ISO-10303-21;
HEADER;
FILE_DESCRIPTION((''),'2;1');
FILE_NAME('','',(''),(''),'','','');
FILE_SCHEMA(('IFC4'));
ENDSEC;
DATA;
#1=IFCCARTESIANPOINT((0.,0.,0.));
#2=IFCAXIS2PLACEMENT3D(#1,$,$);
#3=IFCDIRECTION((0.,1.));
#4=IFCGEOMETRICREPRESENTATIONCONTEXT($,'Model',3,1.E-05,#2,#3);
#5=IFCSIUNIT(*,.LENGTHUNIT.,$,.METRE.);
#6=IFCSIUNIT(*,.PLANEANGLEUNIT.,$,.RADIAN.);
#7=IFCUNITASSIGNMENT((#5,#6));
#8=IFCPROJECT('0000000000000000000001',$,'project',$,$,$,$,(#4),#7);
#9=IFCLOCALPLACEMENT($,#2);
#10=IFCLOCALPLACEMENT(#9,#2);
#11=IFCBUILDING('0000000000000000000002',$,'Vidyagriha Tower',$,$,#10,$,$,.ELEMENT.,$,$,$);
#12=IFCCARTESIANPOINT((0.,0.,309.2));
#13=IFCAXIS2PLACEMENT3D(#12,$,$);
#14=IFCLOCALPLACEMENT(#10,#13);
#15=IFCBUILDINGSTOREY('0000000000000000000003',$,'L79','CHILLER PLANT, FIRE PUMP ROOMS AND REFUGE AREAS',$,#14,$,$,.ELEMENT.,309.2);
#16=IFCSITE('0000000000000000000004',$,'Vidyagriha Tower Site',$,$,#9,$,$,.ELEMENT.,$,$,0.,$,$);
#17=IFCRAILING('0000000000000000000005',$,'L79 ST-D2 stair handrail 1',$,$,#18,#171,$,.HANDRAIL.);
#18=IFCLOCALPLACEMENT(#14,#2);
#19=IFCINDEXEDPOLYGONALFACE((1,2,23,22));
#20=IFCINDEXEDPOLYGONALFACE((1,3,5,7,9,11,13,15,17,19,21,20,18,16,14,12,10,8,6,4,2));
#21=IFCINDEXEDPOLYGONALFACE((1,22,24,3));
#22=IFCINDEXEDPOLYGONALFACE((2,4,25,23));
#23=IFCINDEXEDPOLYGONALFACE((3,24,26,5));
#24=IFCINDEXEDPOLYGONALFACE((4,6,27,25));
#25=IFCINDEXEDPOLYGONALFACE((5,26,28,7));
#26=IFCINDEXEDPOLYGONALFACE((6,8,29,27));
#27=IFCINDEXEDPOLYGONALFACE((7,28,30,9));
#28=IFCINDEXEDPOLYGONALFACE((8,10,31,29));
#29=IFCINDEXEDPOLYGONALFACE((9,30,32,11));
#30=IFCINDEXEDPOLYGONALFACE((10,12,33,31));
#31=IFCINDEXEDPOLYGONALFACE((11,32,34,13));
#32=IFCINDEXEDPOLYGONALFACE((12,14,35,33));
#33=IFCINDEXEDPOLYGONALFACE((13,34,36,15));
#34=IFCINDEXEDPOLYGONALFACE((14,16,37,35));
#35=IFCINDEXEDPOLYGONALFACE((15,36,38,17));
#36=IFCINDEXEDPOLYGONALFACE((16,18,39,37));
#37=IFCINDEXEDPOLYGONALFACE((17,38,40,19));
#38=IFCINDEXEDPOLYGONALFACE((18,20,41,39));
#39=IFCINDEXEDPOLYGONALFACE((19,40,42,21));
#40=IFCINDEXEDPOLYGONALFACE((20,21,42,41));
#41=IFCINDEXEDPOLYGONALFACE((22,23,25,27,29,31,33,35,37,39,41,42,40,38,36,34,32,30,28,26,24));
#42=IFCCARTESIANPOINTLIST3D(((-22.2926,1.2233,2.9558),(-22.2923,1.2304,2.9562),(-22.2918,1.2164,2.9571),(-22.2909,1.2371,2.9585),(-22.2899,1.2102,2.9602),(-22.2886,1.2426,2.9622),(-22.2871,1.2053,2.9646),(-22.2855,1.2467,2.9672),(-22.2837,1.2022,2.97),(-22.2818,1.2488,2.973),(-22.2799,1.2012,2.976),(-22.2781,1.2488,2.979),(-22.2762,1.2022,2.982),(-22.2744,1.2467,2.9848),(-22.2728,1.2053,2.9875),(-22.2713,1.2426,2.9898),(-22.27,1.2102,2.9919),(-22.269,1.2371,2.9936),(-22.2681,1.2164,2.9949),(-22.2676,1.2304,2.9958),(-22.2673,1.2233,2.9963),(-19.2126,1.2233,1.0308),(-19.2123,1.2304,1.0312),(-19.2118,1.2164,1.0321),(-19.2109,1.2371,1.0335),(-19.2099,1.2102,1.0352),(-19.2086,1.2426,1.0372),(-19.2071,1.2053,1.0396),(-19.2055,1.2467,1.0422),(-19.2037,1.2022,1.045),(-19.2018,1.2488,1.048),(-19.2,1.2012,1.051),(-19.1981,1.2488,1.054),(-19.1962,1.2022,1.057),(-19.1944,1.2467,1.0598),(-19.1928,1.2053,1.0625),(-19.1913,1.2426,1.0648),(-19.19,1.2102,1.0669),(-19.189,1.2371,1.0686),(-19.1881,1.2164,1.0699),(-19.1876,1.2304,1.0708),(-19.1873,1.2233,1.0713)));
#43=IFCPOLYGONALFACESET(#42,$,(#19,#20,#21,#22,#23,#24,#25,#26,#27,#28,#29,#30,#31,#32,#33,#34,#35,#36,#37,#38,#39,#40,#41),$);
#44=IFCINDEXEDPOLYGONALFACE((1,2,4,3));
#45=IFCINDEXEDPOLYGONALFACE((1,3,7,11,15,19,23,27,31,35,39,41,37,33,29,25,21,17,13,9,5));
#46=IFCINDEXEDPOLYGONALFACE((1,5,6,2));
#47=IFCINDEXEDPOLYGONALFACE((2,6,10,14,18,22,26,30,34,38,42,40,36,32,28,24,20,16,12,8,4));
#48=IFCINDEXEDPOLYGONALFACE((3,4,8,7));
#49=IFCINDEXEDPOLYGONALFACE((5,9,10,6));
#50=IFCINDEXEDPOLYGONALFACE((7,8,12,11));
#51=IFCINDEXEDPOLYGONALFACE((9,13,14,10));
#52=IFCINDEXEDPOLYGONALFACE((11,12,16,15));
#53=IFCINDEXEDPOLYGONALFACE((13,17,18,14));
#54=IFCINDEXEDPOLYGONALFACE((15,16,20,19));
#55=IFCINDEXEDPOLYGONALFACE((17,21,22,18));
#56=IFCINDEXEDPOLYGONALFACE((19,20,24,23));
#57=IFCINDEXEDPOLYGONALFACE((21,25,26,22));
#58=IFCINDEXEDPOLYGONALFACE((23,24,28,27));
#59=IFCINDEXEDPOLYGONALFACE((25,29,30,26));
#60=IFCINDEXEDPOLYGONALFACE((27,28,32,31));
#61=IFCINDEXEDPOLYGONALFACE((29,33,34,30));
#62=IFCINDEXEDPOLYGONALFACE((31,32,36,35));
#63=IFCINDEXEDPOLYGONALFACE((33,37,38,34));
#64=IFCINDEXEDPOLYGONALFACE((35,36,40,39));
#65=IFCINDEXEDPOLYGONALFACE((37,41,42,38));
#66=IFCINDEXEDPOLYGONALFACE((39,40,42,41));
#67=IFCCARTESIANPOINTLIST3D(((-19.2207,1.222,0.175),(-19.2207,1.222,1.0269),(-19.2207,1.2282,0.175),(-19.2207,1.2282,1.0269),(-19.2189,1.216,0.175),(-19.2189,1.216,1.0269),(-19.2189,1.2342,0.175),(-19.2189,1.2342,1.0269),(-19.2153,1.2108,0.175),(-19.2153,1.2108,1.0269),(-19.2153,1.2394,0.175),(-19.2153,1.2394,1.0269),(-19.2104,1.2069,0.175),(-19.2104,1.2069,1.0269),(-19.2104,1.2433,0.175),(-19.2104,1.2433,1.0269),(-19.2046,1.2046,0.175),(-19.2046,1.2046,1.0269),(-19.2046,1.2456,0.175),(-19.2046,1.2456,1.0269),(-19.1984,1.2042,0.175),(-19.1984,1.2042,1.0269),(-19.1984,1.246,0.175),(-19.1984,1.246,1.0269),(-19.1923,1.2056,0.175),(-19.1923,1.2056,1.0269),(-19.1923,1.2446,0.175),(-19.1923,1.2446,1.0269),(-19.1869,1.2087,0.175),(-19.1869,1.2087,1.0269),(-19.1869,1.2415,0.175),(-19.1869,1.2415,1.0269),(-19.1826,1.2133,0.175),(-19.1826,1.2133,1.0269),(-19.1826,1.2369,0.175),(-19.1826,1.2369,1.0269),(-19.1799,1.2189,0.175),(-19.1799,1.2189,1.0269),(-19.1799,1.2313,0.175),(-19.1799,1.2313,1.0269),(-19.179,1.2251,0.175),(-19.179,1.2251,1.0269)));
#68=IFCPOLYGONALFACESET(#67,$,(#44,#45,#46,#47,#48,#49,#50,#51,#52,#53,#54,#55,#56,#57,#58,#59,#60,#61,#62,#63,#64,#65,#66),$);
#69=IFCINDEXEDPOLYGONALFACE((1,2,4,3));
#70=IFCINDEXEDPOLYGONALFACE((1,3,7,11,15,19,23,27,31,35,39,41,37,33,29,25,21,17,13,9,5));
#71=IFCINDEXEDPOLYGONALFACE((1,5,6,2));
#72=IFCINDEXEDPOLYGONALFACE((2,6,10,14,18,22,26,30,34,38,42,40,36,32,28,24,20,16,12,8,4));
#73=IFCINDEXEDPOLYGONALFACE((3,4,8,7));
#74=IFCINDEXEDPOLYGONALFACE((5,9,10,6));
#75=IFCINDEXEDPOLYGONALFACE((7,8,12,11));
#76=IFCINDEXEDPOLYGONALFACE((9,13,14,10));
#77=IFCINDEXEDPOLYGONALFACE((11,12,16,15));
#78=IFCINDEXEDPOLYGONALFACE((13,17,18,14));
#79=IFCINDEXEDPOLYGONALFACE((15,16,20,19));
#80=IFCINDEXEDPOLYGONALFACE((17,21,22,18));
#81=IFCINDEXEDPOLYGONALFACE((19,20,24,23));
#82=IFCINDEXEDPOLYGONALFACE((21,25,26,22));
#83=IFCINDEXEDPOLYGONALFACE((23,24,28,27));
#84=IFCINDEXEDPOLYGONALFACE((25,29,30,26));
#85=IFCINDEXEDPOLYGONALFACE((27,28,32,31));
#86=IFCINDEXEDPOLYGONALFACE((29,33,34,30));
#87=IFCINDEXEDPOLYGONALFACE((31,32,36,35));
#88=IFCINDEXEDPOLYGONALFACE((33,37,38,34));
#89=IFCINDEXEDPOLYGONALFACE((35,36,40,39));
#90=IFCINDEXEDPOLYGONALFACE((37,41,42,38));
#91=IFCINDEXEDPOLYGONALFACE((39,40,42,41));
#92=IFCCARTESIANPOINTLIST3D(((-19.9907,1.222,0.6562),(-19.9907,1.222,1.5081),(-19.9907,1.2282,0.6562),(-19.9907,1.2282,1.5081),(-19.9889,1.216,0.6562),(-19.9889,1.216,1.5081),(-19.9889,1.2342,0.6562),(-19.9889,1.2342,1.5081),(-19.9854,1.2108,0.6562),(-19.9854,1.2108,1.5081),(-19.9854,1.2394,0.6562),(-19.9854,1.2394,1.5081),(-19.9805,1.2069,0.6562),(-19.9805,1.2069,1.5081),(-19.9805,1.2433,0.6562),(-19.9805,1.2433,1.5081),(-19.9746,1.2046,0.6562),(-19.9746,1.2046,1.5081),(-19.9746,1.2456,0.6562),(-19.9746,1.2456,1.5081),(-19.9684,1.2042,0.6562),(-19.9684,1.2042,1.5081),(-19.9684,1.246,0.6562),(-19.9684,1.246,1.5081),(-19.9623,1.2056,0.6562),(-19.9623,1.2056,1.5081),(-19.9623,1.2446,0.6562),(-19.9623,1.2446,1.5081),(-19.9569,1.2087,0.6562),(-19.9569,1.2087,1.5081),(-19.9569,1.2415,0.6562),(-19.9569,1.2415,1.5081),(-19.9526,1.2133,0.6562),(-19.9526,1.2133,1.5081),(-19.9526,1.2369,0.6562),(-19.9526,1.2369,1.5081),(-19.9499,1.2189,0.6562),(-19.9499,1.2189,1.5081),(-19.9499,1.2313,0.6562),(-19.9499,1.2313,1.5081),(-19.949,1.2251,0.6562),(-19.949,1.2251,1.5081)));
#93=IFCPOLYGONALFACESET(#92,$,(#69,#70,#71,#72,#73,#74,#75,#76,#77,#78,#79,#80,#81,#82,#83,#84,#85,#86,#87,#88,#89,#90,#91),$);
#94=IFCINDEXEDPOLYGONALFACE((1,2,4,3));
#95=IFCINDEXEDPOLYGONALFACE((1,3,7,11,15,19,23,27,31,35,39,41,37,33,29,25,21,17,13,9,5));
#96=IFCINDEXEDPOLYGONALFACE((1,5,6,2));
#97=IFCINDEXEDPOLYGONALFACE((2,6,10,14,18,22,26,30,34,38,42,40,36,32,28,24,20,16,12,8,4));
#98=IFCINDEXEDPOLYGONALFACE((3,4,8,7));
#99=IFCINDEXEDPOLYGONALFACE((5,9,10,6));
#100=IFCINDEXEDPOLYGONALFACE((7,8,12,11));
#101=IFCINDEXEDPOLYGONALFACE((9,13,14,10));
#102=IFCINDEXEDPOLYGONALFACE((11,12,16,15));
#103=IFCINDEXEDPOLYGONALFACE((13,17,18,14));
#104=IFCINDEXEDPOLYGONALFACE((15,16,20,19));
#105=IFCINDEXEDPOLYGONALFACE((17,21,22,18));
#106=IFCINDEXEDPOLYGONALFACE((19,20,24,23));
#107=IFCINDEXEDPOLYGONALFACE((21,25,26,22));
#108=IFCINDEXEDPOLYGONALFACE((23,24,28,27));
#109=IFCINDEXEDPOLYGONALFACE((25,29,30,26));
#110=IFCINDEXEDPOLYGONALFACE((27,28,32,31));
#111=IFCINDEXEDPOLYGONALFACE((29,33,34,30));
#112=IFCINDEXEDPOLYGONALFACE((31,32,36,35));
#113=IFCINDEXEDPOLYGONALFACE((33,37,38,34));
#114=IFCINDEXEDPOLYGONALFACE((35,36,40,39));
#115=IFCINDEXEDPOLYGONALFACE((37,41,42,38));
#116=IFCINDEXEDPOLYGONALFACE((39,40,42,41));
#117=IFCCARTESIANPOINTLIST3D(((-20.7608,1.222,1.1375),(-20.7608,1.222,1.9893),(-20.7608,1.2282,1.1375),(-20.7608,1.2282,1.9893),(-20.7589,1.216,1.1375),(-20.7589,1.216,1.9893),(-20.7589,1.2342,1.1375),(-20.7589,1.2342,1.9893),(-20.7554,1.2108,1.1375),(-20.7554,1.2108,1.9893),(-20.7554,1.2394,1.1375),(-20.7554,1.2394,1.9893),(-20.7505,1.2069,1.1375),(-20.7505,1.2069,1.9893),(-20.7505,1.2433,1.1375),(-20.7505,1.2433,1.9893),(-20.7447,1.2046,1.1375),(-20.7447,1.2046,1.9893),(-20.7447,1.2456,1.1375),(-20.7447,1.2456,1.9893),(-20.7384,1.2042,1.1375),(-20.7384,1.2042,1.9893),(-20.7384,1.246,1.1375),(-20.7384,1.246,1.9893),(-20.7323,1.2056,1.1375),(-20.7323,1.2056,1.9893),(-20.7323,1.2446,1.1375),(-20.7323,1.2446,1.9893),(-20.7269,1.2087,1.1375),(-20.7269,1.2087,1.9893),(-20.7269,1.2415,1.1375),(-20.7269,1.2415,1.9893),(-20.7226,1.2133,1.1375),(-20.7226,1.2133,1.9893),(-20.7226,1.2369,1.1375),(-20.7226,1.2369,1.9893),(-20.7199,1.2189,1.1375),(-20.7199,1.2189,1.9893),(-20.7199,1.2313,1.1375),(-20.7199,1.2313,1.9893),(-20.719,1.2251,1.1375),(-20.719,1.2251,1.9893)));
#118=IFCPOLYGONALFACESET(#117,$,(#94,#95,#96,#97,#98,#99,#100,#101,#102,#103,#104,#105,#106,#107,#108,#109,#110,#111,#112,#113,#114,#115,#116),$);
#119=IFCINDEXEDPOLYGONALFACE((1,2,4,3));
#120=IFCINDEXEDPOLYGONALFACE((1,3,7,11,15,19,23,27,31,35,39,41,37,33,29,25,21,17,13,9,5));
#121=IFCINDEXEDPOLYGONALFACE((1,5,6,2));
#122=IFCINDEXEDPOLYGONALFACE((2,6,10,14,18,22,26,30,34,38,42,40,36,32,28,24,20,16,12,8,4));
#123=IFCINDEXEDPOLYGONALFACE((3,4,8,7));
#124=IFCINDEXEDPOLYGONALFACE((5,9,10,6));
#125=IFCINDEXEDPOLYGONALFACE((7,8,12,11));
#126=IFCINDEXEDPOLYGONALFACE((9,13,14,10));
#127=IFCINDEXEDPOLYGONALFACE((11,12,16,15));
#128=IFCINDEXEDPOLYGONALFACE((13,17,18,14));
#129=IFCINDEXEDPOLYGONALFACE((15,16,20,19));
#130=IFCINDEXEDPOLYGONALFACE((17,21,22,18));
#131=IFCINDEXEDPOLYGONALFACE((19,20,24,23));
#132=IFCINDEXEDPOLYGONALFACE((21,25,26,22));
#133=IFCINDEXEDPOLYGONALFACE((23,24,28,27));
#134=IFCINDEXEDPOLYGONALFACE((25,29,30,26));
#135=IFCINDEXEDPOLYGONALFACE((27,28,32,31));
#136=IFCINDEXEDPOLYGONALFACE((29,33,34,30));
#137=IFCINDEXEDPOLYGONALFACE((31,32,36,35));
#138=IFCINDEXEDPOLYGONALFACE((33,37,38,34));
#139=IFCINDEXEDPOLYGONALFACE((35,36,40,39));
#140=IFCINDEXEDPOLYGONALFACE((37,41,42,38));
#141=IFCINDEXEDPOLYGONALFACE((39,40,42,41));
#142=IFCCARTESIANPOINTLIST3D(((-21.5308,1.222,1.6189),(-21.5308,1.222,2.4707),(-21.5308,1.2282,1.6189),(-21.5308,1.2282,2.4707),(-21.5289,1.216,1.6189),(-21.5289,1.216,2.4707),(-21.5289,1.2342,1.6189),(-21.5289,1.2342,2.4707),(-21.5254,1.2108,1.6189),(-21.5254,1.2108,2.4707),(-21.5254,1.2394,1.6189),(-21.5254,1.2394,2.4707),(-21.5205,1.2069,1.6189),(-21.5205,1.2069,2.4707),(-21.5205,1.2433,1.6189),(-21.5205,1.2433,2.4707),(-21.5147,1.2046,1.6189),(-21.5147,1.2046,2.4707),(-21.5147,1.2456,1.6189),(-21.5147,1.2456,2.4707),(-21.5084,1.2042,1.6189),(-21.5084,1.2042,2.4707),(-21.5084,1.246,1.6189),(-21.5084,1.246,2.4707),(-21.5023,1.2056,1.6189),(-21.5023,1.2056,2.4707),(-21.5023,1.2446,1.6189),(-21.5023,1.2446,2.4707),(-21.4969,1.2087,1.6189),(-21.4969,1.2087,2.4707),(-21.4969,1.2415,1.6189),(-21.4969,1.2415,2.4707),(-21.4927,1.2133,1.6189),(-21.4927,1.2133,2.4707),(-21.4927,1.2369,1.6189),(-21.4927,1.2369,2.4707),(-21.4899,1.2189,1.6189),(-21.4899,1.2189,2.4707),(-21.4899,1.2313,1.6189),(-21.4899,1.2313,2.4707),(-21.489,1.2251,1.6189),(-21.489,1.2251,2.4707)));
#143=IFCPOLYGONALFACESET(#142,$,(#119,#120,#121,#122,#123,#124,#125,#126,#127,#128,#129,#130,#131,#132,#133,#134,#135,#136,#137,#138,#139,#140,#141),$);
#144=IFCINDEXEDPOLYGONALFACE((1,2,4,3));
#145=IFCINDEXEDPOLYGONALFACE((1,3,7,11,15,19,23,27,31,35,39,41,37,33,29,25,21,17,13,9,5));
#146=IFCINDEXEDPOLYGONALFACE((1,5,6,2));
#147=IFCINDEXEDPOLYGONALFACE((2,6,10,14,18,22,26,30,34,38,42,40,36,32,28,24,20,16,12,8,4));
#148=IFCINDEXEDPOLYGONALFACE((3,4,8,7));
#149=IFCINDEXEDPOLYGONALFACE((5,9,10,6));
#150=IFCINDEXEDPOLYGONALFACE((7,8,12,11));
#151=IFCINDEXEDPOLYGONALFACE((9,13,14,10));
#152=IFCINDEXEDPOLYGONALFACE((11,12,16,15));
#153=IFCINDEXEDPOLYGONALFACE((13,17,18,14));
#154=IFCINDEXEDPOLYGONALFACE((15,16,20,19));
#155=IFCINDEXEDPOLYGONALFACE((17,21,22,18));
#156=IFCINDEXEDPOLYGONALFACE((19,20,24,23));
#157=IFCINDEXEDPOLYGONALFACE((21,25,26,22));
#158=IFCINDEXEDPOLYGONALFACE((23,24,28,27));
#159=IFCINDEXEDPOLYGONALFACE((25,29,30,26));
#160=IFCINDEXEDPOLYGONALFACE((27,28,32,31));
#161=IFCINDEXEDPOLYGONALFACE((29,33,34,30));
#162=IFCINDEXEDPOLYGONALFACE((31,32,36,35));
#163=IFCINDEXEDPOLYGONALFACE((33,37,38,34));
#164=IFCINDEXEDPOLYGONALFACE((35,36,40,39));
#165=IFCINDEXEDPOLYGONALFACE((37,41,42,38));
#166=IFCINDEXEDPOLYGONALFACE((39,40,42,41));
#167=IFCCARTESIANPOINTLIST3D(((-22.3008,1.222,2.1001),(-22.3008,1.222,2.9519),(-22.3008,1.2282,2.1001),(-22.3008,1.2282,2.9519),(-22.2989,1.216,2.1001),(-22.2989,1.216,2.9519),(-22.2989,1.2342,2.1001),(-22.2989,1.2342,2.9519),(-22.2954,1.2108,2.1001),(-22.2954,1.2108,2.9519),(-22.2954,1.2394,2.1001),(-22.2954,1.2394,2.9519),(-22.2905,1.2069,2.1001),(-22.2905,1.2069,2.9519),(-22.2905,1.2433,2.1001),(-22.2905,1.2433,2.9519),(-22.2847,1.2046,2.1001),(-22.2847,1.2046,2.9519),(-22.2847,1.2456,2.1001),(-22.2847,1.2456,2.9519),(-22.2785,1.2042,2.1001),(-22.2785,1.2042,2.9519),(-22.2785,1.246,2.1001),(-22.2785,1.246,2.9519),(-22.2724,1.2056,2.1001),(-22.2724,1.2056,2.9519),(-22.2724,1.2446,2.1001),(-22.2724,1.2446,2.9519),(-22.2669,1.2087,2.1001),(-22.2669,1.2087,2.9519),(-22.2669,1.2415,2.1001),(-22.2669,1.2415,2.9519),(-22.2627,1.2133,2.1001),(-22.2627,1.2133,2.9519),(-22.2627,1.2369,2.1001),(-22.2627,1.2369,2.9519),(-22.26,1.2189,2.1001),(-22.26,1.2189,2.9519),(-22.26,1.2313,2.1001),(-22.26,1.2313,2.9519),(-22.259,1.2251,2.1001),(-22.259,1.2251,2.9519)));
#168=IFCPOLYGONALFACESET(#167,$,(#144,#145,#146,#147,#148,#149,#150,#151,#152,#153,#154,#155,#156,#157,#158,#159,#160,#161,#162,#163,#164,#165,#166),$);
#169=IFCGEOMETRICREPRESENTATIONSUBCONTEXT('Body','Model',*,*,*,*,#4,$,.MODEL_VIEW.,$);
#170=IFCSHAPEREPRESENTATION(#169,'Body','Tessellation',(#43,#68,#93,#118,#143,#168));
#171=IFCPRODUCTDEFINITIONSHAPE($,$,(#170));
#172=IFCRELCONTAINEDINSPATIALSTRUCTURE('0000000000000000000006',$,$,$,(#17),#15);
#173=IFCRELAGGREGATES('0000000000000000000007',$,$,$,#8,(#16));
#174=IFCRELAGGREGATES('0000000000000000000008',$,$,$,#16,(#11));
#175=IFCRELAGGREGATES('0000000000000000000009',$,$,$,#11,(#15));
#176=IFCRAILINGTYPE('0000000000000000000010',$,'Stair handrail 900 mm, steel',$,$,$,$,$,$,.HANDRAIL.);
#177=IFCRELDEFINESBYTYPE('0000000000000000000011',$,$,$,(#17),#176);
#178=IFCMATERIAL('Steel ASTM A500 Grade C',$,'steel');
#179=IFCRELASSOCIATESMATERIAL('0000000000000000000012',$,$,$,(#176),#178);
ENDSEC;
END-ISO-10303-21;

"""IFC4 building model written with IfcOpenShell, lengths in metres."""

from ifc_helpers import new_model, si_unit, direction, frame, origin, origin_2d, place, context, subcontext, project, spatial, circle, extrude, material, type_object, element, save


model = new_model("IFC4")

# Units and contexts
model_context = context("Model", 3, precision=1e-05, world=origin(), true_north=direction((0.0, 1.0)))
body_context = subcontext(model_context, "Body", "Model", "MODEL_VIEW")
ifc_project = project(units=[si_unit("LENGTHUNIT", "METRE"), si_unit("PLANEANGLEUNIT", "RADIAN")], contexts=[model_context])

# Site, building, storey
site_placement = place(None, origin())
site = spatial("IfcSite", under=ifc_project, at=site_placement, Name="Vidyagriha Tower Site", CompositionType="ELEMENT", RefElevation=0.0)
building_placement = place(site_placement, origin())
building = spatial("IfcBuilding", under=site, at=building_placement, Name="Vidyagriha Tower", CompositionType="ELEMENT")
storey_placement = place(building_placement, frame((0.0, 0.0, 309.2)))
storey = spatial("IfcBuildingStorey", under=building, at=storey_placement, Name="L79", Description="CHILLER PLANT, FIRE PUMP ROOMS AND REFUGE AREAS", CompositionType="ELEMENT", Elevation=309.2)

# Railing
ifc_material_1 = material(Name="Steel ASTM A500 Grade C", Category="steel")
railing_type_1 = type_object("IfcRailingType", Name="Stair handrail 900 mm, steel", PredefinedType="HANDRAIL", material=ifc_material_1)
railing_1_placement = place(storey_placement, frame((-19.2, 1.2251, 0.175)))
element("IfcRailing", 1, at=railing_1_placement, inside=storey, type_object=railing_type_1, Name="L79 ST-D2 stair handrail 1", PredefinedType="HANDRAIL", context=body_context, shape_type="SweptSolid", body=[
    extrude(circle(Radius=0.0239, at=origin_2d()), frame((0.0, 0.0, 0.876), z_axis=(-0.847998, 0.0, 0.529999), x_axis=(0.0, -1.0, 0.0)), (0.0, 0.0, 1.0), 3.6321),
    extrude(circle(Radius=0.021, at=origin_2d()), origin(), (0.0, 0.0, 1.0), 0.8518),
    extrude(circle(Radius=0.021, at=origin_2d()), frame((-0.77, 0.0, 0.4812)), (0.0, 0.0, 1.0), 0.8518),
    extrude(circle(Radius=0.021, at=origin_2d()), frame((-1.54, 0.0, 0.9624)), (0.0, 0.0, 1.0), 0.8518),
    extrude(circle(Radius=0.021, at=origin_2d()), frame((-2.3101, 0.0, 1.4438)), (0.0, 0.0, 1.0), 0.8518),
    extrude(circle(Radius=0.021, at=origin_2d()), frame((-3.0801, 0.0, 1.925)), (0.0, 0.0, 1.0), 0.8518),
])

save(model, "model.ifc")
